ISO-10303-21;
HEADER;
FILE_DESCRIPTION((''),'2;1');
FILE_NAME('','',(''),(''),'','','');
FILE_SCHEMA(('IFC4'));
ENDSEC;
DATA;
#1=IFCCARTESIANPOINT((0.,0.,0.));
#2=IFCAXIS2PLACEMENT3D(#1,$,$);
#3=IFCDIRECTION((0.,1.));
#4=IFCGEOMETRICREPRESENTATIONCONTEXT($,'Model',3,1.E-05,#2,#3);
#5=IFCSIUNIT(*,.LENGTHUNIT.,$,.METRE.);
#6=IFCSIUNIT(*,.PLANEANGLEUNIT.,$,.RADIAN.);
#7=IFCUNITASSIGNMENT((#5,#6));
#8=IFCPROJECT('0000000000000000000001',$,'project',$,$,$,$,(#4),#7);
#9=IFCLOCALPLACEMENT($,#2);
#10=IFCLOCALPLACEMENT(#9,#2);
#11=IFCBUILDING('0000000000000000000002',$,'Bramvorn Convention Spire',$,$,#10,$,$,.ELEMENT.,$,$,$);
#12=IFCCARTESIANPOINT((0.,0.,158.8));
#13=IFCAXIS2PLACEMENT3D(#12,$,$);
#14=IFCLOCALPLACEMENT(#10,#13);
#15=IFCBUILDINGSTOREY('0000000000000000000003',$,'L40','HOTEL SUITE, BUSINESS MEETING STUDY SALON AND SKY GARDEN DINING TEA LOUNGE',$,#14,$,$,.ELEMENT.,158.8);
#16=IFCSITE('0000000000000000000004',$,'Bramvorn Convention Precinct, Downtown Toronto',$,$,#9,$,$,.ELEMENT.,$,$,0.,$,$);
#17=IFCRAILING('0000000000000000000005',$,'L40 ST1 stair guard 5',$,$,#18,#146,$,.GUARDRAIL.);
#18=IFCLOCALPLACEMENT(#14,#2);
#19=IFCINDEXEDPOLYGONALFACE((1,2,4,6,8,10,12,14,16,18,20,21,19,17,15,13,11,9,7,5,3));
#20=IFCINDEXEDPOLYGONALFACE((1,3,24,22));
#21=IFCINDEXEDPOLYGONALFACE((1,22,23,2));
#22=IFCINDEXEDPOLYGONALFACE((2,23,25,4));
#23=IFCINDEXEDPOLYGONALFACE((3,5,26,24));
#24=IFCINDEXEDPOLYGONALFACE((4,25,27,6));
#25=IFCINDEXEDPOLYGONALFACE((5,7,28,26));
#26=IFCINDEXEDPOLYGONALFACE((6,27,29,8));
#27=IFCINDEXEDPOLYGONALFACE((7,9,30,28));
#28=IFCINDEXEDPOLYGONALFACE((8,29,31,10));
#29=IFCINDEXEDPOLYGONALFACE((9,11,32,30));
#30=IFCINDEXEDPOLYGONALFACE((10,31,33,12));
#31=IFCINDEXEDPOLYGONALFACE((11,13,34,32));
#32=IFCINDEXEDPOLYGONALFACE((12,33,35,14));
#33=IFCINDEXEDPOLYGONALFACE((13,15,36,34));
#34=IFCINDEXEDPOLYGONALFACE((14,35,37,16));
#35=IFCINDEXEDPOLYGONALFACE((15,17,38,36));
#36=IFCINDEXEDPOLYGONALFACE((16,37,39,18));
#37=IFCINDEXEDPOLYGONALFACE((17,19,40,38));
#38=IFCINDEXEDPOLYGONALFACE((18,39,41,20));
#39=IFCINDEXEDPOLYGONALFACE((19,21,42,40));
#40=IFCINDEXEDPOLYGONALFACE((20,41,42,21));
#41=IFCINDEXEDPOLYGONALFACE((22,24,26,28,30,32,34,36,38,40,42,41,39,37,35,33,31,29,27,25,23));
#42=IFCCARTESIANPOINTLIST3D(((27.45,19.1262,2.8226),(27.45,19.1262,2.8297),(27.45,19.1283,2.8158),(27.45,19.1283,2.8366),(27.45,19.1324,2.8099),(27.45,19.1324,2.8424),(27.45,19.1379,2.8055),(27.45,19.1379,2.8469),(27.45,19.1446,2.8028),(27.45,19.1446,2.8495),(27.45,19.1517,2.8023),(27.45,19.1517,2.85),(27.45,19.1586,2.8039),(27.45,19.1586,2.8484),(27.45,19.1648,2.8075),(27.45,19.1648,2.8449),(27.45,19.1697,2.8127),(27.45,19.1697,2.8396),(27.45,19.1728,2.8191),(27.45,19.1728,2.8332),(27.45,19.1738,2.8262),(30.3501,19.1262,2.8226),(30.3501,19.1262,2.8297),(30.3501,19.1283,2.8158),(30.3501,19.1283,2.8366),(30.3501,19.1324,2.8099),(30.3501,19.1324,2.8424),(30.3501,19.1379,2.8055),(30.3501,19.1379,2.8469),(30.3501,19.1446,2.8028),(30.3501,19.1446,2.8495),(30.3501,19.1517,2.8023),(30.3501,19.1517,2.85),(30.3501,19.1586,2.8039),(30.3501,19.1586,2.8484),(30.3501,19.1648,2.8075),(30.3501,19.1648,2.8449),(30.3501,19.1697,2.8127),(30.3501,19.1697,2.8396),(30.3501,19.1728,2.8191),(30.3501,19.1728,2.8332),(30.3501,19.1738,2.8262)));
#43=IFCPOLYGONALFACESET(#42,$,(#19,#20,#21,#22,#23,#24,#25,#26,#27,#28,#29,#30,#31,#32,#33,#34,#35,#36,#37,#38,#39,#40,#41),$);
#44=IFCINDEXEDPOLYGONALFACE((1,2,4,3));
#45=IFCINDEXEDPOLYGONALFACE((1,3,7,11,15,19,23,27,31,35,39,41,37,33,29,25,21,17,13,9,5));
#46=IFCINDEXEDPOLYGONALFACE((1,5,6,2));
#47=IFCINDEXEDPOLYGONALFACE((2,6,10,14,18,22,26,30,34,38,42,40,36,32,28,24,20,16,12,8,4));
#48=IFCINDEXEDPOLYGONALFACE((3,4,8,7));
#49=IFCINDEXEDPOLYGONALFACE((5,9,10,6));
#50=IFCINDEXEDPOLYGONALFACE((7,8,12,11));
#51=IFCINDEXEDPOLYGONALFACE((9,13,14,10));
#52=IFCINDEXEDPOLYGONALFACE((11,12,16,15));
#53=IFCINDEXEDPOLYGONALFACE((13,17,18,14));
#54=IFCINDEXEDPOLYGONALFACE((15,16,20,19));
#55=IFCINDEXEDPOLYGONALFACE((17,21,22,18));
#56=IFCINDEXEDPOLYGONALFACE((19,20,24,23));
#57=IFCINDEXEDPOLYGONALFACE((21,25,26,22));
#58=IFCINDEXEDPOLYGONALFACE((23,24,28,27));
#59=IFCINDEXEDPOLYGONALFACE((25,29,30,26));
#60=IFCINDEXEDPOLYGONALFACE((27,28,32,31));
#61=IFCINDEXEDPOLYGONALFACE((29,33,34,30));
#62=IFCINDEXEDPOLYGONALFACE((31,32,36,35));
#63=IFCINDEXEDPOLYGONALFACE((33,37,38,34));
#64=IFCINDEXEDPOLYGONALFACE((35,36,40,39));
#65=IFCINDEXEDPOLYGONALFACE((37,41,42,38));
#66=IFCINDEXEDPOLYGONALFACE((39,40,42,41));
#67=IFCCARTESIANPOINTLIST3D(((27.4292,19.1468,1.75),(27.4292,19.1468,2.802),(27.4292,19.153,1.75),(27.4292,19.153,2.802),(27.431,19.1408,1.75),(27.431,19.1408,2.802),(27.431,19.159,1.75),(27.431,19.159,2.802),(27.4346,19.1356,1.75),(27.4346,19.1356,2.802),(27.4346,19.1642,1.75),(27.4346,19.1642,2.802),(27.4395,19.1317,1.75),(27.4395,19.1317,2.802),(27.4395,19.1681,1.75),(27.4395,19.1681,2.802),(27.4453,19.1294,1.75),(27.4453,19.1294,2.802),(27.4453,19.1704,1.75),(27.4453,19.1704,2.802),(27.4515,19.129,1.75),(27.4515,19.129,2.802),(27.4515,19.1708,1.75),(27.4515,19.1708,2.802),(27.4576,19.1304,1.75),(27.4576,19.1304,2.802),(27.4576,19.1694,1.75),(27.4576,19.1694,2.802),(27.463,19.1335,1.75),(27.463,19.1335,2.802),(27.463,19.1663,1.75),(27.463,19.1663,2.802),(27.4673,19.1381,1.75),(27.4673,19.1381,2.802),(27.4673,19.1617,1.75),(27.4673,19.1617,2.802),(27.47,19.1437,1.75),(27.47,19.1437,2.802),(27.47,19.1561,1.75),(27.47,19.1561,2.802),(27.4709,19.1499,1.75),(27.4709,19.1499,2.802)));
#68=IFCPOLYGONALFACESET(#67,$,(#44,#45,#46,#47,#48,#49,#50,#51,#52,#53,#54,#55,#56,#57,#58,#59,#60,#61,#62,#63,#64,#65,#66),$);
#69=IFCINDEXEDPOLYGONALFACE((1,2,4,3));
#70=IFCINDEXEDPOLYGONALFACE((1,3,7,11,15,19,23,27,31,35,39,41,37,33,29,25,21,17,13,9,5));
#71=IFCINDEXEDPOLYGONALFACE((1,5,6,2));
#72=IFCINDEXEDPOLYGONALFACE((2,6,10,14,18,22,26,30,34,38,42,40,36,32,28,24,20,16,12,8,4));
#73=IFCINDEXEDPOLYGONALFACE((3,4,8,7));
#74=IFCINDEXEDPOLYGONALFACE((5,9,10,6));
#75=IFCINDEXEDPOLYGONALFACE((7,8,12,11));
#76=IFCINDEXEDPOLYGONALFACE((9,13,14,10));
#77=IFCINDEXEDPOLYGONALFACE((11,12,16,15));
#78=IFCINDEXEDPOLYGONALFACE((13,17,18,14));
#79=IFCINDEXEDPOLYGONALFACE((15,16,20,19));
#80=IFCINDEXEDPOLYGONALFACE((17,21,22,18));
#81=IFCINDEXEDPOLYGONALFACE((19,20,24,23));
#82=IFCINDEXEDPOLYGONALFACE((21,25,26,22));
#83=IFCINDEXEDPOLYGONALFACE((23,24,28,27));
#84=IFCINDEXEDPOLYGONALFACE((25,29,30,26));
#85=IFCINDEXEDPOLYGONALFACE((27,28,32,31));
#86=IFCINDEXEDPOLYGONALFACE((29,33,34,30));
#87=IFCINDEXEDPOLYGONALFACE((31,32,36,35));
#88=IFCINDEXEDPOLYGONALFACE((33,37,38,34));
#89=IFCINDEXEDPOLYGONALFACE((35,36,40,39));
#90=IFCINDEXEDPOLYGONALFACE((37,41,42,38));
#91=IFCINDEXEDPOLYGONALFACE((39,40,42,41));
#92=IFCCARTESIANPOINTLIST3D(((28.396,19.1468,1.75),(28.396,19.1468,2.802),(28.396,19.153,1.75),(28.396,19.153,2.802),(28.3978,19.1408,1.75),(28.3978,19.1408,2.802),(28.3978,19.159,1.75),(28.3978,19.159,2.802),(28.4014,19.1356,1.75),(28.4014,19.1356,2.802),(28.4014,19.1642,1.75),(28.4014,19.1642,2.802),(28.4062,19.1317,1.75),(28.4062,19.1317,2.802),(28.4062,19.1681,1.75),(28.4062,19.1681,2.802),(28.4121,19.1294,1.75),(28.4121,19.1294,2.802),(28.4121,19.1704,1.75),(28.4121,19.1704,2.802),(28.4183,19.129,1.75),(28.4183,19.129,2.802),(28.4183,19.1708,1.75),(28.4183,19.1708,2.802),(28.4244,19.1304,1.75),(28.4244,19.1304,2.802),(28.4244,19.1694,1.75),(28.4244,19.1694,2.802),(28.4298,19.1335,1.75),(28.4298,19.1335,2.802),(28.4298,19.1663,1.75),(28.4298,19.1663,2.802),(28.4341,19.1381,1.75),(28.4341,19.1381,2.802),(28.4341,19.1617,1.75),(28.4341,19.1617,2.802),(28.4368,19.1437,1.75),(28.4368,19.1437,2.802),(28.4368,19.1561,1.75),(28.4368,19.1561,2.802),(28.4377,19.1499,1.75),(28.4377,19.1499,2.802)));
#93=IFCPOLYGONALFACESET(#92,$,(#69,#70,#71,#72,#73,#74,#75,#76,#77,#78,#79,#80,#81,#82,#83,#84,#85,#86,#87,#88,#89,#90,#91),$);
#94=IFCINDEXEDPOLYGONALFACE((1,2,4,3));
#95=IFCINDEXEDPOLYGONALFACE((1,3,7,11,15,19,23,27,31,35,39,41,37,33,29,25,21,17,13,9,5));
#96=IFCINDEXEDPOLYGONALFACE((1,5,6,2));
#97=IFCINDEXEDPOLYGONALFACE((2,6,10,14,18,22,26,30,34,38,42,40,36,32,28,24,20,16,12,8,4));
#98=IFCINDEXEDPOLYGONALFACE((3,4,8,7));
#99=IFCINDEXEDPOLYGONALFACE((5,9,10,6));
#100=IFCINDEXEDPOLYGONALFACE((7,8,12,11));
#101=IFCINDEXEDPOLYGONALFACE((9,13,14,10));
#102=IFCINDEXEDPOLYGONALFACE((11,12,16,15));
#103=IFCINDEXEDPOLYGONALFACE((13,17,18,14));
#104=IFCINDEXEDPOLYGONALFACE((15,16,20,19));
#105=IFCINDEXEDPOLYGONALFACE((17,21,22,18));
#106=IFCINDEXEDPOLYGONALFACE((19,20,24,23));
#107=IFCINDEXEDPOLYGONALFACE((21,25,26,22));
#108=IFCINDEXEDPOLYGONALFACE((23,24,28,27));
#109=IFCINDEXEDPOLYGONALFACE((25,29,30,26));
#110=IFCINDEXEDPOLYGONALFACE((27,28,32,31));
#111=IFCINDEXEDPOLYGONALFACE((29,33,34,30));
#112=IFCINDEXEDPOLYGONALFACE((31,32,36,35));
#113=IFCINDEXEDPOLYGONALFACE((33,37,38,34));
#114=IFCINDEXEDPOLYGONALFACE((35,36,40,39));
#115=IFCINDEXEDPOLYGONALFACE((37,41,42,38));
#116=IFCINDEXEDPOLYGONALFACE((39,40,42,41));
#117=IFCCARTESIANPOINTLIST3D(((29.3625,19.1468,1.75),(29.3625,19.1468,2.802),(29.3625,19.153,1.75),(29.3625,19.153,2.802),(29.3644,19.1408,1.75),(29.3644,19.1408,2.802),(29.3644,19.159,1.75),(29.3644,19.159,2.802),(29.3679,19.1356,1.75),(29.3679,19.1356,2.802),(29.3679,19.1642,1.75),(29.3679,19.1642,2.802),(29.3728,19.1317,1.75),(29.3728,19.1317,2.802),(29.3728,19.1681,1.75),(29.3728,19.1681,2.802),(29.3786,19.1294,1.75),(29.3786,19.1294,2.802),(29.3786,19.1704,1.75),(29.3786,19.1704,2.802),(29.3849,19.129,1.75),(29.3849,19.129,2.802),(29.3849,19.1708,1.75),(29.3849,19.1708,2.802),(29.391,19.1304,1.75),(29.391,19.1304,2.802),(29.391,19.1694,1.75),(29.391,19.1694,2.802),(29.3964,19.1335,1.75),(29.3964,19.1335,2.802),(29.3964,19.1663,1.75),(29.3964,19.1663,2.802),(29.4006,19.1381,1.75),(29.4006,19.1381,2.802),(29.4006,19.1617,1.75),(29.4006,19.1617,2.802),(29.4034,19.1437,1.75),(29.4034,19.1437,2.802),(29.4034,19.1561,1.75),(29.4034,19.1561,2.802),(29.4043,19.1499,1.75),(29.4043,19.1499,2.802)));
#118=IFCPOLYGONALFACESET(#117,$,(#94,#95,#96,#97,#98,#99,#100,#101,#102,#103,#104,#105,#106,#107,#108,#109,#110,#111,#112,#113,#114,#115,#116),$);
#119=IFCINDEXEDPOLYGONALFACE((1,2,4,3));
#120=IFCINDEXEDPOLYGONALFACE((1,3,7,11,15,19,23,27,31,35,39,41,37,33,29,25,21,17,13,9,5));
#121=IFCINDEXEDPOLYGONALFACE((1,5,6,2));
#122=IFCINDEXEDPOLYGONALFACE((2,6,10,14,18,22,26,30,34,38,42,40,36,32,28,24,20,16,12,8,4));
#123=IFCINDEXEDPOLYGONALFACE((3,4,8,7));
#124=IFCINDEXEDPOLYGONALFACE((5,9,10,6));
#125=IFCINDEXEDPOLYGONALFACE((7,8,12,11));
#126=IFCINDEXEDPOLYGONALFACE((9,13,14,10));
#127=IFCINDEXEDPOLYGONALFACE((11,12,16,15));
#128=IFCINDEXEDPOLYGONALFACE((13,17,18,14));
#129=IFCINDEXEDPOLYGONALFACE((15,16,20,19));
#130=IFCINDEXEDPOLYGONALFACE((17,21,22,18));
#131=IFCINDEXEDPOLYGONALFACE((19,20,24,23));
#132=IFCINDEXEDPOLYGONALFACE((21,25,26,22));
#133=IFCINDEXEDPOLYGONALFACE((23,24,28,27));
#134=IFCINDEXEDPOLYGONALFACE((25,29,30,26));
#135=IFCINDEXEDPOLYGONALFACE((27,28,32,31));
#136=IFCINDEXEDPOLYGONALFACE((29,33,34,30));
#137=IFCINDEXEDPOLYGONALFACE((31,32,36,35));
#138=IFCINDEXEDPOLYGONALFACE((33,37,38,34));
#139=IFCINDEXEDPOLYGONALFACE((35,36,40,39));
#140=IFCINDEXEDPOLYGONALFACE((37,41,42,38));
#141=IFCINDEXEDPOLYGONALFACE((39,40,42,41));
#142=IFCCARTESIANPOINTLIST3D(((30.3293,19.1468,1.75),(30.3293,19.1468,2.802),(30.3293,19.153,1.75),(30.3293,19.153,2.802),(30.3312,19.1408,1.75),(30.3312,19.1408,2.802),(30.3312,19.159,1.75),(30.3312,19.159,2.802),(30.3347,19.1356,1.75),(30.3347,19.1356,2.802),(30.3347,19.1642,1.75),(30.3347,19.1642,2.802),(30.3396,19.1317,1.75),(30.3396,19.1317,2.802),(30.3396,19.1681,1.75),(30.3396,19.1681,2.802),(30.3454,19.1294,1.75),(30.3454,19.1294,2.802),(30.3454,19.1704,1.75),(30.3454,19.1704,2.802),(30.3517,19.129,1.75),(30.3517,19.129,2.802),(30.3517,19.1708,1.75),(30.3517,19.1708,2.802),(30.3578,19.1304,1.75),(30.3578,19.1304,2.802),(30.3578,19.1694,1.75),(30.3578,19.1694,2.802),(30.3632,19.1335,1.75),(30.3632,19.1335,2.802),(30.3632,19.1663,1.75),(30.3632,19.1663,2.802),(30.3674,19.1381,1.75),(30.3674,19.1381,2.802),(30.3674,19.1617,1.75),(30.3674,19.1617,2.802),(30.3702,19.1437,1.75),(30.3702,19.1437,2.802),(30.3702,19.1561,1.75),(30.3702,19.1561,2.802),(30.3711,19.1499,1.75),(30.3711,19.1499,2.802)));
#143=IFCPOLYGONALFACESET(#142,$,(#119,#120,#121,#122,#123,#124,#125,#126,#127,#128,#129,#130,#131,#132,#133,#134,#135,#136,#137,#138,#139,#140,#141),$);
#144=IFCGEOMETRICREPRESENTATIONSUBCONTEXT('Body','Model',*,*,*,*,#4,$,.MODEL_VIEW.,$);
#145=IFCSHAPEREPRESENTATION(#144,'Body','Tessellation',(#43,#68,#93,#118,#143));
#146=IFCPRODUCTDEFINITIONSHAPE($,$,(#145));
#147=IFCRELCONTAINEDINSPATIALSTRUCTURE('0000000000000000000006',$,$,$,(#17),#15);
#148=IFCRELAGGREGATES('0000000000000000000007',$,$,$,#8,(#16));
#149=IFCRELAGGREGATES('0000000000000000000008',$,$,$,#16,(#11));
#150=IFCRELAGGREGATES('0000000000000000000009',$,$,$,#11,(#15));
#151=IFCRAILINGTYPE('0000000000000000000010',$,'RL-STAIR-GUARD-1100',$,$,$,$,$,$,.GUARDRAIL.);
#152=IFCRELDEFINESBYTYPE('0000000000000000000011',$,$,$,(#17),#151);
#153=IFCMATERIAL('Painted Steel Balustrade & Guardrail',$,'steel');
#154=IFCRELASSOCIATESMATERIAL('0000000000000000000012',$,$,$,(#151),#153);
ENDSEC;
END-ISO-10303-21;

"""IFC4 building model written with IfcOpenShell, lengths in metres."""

from ifc_helpers import new_model, si_unit, direction, frame, origin, origin_2d, place, context, subcontext, project, spatial, circle, extrude, material, type_object, element, save


model = new_model("IFC4")

# Units and contexts
model_context = context("Model", 3, precision=1e-05, world=origin(), true_north=direction((0.0, 1.0)))
body_context = subcontext(model_context, "Body", "Model", "MODEL_VIEW")
ifc_project = project(units=[si_unit("LENGTHUNIT", "METRE"), si_unit("PLANEANGLEUNIT", "RADIAN")], contexts=[model_context])

# Site, building, storey
site_placement = place(None, origin())
site = spatial("IfcSite", under=ifc_project, at=site_placement, Name="Bramvorn Convention Precinct, Downtown Toronto", CompositionType="ELEMENT", RefElevation=0.0)
building_placement = place(site_placement, origin())
building = spatial("IfcBuilding", under=site, at=building_placement, Name="Bramvorn Convention Spire", CompositionType="ELEMENT")
storey_placement = place(building_placement, frame((0.0, 0.0, 158.8)))
storey = spatial("IfcBuildingStorey", under=building, at=storey_placement, Name="L40", Description="HOTEL SUITE, BUSINESS MEETING STUDY SALON AND SKY GARDEN DINING TEA LOUNGE", CompositionType="ELEMENT", Elevation=158.8)

# Railing
ifc_material_1 = material(Name="Painted Steel Balustrade & Guardrail", Category="steel")
railing_type_1 = type_object("IfcRailingType", Name="RL-STAIR-GUARD-1100", PredefinedType="GUARDRAIL", material=ifc_material_1)
railing_1_placement = place(storey_placement, frame((27.45, 19.1499, 1.75)))
element("IfcRailing", 1, at=railing_1_placement, inside=storey, type_object=railing_type_1, Name="L40 ST1 stair guard 5", PredefinedType="GUARDRAIL", context=body_context, shape_type="SweptSolid", body=[
    extrude(circle(Radius=0.0239, at=origin_2d()), frame((0.0, 0.0, 1.0762), z_axis=(1.0, 0.0, 0.0), x_axis=(0.0, 1.0, 0.0)), (0.0, 0.0, 1.0), 2.9001),
    extrude(circle(Radius=0.021, at=origin_2d()), origin(), (0.0, 0.0, 1.0), 1.052),
    extrude(circle(Radius=0.021, at=origin_2d()), frame((0.9668, 0.0, 0.0)), (0.0, 0.0, 1.0), 1.052),
    extrude(circle(Radius=0.021, at=origin_2d()), frame((1.9333, 0.0, 0.0)), (0.0, 0.0, 1.0), 1.052),
    extrude(circle(Radius=0.021, at=origin_2d()), frame((2.9001, 0.0, 0.0)), (0.0, 0.0, 1.0), 1.052),
])

save(model, "model.ifc")
